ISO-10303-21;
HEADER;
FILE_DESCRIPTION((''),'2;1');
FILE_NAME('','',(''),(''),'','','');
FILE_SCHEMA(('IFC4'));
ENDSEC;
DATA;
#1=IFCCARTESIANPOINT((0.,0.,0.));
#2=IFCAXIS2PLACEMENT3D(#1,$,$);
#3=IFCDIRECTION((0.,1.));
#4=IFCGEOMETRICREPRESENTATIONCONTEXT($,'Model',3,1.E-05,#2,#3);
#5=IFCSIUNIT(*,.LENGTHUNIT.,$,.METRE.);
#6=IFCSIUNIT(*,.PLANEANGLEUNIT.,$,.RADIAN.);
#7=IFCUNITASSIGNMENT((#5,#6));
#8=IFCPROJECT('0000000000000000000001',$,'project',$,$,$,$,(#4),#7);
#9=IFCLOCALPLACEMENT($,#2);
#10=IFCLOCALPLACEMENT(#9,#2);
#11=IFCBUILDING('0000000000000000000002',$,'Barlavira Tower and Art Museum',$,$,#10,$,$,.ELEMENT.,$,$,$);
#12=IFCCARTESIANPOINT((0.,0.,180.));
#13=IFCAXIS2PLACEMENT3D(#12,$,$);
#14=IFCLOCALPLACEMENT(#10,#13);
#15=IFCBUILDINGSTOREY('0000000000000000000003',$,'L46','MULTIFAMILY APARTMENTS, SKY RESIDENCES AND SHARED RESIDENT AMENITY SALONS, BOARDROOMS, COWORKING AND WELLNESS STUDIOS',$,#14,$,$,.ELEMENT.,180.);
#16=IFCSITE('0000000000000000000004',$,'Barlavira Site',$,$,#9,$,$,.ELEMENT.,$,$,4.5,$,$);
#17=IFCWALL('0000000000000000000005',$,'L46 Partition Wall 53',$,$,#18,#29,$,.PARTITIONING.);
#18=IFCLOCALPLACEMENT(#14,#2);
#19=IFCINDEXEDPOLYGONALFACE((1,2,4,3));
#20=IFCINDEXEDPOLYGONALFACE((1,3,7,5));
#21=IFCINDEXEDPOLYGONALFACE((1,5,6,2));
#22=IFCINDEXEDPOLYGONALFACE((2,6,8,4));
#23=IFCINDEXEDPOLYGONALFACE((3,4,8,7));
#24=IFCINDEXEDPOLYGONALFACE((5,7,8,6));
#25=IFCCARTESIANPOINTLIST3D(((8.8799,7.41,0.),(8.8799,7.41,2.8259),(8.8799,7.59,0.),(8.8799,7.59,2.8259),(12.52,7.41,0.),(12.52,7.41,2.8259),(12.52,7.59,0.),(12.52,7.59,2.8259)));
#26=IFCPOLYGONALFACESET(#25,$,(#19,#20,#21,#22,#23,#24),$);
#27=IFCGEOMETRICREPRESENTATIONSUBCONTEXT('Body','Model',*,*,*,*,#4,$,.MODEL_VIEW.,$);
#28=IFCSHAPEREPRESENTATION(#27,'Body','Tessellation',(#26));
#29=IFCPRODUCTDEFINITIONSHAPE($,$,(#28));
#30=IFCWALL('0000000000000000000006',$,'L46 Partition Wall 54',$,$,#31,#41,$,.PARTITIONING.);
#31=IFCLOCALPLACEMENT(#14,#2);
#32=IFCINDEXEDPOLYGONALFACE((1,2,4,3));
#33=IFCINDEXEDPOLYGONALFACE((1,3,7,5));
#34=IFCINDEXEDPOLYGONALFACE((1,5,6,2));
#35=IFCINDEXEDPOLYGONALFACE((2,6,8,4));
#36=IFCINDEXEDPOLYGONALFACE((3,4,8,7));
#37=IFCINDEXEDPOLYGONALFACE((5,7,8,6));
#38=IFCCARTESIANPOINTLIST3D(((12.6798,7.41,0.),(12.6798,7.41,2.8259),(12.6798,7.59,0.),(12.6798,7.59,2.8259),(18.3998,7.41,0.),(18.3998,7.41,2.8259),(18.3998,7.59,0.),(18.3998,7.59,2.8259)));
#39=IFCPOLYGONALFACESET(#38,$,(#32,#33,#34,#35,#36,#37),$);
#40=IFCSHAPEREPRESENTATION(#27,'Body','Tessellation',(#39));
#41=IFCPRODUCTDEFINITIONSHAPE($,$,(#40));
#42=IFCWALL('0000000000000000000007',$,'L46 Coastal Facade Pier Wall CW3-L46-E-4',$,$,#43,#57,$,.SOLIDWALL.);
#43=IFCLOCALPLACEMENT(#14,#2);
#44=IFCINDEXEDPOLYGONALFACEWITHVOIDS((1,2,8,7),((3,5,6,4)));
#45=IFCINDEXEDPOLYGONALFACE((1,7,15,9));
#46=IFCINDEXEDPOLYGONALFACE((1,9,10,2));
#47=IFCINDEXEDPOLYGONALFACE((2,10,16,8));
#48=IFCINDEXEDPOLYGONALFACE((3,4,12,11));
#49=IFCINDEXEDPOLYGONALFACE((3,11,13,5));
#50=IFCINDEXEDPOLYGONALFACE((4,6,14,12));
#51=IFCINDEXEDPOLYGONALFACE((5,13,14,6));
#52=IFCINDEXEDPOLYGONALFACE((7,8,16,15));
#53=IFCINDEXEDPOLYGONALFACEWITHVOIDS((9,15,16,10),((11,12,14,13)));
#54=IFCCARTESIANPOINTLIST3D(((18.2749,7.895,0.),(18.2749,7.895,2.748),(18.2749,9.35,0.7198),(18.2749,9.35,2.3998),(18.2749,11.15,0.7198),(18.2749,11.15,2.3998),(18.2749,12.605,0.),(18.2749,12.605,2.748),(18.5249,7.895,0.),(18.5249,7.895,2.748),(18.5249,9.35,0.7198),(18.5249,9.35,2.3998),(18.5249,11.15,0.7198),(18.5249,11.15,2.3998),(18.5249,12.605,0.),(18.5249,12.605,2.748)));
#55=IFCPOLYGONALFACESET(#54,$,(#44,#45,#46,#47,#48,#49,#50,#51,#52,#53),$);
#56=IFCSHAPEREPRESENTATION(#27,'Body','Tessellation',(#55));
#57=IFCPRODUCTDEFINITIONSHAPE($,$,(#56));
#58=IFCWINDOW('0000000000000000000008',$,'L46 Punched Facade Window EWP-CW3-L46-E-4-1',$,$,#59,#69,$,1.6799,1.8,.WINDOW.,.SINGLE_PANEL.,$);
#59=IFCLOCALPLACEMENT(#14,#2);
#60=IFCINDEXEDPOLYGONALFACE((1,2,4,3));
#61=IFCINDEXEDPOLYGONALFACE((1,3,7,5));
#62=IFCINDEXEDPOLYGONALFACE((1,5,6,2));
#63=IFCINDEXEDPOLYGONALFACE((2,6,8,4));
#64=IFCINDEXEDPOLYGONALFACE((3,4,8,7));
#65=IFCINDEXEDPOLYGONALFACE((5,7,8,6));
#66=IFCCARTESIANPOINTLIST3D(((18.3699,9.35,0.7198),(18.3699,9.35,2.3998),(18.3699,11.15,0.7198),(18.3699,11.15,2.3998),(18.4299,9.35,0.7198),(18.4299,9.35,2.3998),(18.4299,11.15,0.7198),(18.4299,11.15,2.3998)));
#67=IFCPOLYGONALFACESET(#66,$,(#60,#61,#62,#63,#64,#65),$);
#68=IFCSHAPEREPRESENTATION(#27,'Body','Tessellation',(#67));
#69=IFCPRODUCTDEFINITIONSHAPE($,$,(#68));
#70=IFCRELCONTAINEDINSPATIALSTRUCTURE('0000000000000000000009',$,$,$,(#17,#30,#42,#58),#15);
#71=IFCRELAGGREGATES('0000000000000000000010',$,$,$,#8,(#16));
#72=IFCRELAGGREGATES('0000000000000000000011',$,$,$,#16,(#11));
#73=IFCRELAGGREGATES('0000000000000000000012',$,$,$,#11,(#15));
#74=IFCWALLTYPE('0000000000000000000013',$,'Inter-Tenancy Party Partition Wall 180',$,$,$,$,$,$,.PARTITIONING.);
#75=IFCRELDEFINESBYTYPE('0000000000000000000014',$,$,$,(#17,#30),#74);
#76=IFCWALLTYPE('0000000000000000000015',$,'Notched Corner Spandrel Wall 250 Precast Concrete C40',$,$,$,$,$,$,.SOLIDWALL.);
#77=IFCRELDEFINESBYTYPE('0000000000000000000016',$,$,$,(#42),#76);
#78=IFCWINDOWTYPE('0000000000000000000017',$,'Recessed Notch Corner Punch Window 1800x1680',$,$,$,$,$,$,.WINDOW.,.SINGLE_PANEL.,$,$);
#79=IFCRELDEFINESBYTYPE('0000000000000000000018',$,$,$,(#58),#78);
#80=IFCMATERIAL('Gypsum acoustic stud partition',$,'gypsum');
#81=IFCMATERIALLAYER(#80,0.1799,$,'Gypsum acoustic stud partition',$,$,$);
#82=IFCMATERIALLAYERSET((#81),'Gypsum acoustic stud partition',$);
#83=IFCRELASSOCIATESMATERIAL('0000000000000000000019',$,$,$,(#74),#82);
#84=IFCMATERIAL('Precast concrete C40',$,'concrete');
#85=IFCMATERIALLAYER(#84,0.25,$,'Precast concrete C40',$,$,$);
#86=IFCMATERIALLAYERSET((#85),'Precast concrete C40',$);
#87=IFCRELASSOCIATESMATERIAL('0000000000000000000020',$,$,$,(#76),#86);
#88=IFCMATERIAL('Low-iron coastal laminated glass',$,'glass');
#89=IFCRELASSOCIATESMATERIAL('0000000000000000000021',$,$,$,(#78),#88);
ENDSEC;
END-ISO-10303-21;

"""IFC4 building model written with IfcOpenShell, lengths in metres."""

from ifc_helpers import new_model, si_unit, direction, frame, frame_2d, origin, place, context, subcontext, project, spatial, rectangle, extrude, material, layer, layer_set, type_object, element, fill, save


model = new_model("IFC4")

# Units and contexts
model_context = context("Model", 3, precision=1e-05, world=origin(), true_north=direction((0.0, 1.0)))
body_context = subcontext(model_context, "Body", "Model", "MODEL_VIEW")
ifc_project = project(units=[si_unit("LENGTHUNIT", "METRE"), si_unit("PLANEANGLEUNIT", "RADIAN")], contexts=[model_context])

# Site, building, storey
site_placement = place(None, origin())
site = spatial("IfcSite", under=ifc_project, at=site_placement, Name="Barlavira Site", CompositionType="ELEMENT", RefElevation=4.5)
building_placement = place(site_placement, origin())
building = spatial("IfcBuilding", under=site, at=building_placement, Name="Barlavira Tower and Art Museum", CompositionType="ELEMENT")
storey_placement = place(building_placement, frame((0.0, 0.0, 180.0)))
storey = spatial("IfcBuildingStorey", under=building, at=storey_placement, Name="L46", Description="MULTIFAMILY APARTMENTS, SKY RESIDENCES AND SHARED RESIDENT AMENITY SALONS, BOARDROOMS, COWORKING AND WELLNESS STUDIOS", CompositionType="ELEMENT", Elevation=180.0)

# Shared definitions
ifc_material_1 = material(Name="Low-iron coastal laminated glass", Category="glass")

# Shared definitions
ifc_material_2 = material(Name="Gypsum acoustic stud partition", Category="gypsum")

# Walls
ifc_layer_1 = layer(ifc_material_2, 0.1799, Name="Gypsum acoustic stud partition")
ifc_layer_set_1 = layer_set([ifc_layer_1], Name="Gypsum acoustic stud partition")
wall_type_1 = type_object("IfcWallType", Name="Inter-Tenancy Party Partition Wall 180", PredefinedType="PARTITIONING", material=ifc_layer_set_1)
wall_1_placement = place(storey_placement, frame((8.8799, 7.5, 0.0), z_axis=(0.0, 0.0, 1.0), x_axis=(1.0, 0.0, 0.0)))
element("IfcWall", 1, at=wall_1_placement, inside=storey, type_object=wall_type_1, Name="L46 Partition Wall 53", PredefinedType="PARTITIONING", context=body_context, shape_type="SweptSolid", body=[
    extrude(rectangle(XDim=3.6401, YDim=0.1799, at=frame_2d((1.8201, 0.0))), origin(), (0.0, 0.0, 1.0), 2.8259),
])
wall_2_placement = place(storey_placement, frame((12.6799, 7.5, 0.0), z_axis=(0.0, 0.0, 1.0), x_axis=(1.0, 0.0, 0.0)))
element("IfcWall", 2, at=wall_2_placement, inside=storey, type_object=wall_type_1, Name="L46 Partition Wall 54", PredefinedType="PARTITIONING", context=body_context, shape_type="SweptSolid", body=[
    extrude(rectangle(XDim=5.72, YDim=0.1799, at=frame_2d((2.8599, 0.0))), origin(), (0.0, 0.0, 1.0), 2.8259),
])

# Wall, opening, window
ifc_material_3 = material(Name="Precast concrete C40", Category="concrete")
ifc_layer_2 = layer(ifc_material_3, 0.25, Name="Precast concrete C40")
ifc_layer_set_2 = layer_set([ifc_layer_2], Name="Precast concrete C40")
wall_type_2 = type_object("IfcWallType", Name="Notched Corner Spandrel Wall 250 Precast Concrete C40", PredefinedType="SOLIDWALL", material=ifc_layer_set_2)
wall_3_placement = place(storey_placement, frame((18.3999, 7.895, 0.0), z_axis=(0.0, 0.0, 1.0), x_axis=(0.0, 1.0, 0.0)))
wall_3 = element("IfcWall", 3, at=wall_3_placement, inside=storey, type_object=wall_type_2, Name="L46 Coastal Facade Pier Wall CW3-L46-E-4", PredefinedType="SOLIDWALL", context=body_context, shape_type="SweptSolid", body=[
    extrude(rectangle(XDim=4.71, YDim=0.25, at=frame_2d((2.355, 0.0))), origin(), (0.0, 0.0, 1.0), 2.748),
])
opening_1_placement = place(wall_3_placement, frame((1.4551, 0.0, 0.72)))
opening_1 = element("IfcOpeningElement", 4, at=opening_1_placement, cuts=wall_3, PredefinedType="OPENING", context=body_context, shape_type="SweptSolid", body=[
    extrude(rectangle(XDim=1.8, YDim=1.6799, at=frame_2d((0.8999, 0.8398))), frame((0.0, 0.135, 0.0), z_axis=(0.0, -1.0, 0.0), x_axis=(1.0, 0.0, 0.0)), (0.0, 0.0, 1.0), 0.27),
])
window_type = type_object("IfcWindowType", Name="Recessed Notch Corner Punch Window 1800x1680", PartitioningType="SINGLE_PANEL", PredefinedType="WINDOW", material=ifc_material_1)
window_placement = place(opening_1_placement, origin())
window = element("IfcWindow", 5, at=window_placement, inside=storey, type_object=window_type, Name="L46 Punched Facade Window EWP-CW3-L46-E-4-1", OverallHeight=1.6799, OverallWidth=1.8, PartitioningType="SINGLE_PANEL", PredefinedType="WINDOW", context=body_context, shape_type="SweptSolid", body=[
    extrude(rectangle(XDim=1.8, YDim=1.6799, at=frame_2d((0.8999, 0.8398))), frame((0.0, 0.03, 0.0), z_axis=(0.0, -1.0, 0.0), x_axis=(1.0, 0.0, 0.0)), (0.0, 0.0, 1.0), 0.0601),
])
fill(opening_1, window)

save(model, "model.ifc")
